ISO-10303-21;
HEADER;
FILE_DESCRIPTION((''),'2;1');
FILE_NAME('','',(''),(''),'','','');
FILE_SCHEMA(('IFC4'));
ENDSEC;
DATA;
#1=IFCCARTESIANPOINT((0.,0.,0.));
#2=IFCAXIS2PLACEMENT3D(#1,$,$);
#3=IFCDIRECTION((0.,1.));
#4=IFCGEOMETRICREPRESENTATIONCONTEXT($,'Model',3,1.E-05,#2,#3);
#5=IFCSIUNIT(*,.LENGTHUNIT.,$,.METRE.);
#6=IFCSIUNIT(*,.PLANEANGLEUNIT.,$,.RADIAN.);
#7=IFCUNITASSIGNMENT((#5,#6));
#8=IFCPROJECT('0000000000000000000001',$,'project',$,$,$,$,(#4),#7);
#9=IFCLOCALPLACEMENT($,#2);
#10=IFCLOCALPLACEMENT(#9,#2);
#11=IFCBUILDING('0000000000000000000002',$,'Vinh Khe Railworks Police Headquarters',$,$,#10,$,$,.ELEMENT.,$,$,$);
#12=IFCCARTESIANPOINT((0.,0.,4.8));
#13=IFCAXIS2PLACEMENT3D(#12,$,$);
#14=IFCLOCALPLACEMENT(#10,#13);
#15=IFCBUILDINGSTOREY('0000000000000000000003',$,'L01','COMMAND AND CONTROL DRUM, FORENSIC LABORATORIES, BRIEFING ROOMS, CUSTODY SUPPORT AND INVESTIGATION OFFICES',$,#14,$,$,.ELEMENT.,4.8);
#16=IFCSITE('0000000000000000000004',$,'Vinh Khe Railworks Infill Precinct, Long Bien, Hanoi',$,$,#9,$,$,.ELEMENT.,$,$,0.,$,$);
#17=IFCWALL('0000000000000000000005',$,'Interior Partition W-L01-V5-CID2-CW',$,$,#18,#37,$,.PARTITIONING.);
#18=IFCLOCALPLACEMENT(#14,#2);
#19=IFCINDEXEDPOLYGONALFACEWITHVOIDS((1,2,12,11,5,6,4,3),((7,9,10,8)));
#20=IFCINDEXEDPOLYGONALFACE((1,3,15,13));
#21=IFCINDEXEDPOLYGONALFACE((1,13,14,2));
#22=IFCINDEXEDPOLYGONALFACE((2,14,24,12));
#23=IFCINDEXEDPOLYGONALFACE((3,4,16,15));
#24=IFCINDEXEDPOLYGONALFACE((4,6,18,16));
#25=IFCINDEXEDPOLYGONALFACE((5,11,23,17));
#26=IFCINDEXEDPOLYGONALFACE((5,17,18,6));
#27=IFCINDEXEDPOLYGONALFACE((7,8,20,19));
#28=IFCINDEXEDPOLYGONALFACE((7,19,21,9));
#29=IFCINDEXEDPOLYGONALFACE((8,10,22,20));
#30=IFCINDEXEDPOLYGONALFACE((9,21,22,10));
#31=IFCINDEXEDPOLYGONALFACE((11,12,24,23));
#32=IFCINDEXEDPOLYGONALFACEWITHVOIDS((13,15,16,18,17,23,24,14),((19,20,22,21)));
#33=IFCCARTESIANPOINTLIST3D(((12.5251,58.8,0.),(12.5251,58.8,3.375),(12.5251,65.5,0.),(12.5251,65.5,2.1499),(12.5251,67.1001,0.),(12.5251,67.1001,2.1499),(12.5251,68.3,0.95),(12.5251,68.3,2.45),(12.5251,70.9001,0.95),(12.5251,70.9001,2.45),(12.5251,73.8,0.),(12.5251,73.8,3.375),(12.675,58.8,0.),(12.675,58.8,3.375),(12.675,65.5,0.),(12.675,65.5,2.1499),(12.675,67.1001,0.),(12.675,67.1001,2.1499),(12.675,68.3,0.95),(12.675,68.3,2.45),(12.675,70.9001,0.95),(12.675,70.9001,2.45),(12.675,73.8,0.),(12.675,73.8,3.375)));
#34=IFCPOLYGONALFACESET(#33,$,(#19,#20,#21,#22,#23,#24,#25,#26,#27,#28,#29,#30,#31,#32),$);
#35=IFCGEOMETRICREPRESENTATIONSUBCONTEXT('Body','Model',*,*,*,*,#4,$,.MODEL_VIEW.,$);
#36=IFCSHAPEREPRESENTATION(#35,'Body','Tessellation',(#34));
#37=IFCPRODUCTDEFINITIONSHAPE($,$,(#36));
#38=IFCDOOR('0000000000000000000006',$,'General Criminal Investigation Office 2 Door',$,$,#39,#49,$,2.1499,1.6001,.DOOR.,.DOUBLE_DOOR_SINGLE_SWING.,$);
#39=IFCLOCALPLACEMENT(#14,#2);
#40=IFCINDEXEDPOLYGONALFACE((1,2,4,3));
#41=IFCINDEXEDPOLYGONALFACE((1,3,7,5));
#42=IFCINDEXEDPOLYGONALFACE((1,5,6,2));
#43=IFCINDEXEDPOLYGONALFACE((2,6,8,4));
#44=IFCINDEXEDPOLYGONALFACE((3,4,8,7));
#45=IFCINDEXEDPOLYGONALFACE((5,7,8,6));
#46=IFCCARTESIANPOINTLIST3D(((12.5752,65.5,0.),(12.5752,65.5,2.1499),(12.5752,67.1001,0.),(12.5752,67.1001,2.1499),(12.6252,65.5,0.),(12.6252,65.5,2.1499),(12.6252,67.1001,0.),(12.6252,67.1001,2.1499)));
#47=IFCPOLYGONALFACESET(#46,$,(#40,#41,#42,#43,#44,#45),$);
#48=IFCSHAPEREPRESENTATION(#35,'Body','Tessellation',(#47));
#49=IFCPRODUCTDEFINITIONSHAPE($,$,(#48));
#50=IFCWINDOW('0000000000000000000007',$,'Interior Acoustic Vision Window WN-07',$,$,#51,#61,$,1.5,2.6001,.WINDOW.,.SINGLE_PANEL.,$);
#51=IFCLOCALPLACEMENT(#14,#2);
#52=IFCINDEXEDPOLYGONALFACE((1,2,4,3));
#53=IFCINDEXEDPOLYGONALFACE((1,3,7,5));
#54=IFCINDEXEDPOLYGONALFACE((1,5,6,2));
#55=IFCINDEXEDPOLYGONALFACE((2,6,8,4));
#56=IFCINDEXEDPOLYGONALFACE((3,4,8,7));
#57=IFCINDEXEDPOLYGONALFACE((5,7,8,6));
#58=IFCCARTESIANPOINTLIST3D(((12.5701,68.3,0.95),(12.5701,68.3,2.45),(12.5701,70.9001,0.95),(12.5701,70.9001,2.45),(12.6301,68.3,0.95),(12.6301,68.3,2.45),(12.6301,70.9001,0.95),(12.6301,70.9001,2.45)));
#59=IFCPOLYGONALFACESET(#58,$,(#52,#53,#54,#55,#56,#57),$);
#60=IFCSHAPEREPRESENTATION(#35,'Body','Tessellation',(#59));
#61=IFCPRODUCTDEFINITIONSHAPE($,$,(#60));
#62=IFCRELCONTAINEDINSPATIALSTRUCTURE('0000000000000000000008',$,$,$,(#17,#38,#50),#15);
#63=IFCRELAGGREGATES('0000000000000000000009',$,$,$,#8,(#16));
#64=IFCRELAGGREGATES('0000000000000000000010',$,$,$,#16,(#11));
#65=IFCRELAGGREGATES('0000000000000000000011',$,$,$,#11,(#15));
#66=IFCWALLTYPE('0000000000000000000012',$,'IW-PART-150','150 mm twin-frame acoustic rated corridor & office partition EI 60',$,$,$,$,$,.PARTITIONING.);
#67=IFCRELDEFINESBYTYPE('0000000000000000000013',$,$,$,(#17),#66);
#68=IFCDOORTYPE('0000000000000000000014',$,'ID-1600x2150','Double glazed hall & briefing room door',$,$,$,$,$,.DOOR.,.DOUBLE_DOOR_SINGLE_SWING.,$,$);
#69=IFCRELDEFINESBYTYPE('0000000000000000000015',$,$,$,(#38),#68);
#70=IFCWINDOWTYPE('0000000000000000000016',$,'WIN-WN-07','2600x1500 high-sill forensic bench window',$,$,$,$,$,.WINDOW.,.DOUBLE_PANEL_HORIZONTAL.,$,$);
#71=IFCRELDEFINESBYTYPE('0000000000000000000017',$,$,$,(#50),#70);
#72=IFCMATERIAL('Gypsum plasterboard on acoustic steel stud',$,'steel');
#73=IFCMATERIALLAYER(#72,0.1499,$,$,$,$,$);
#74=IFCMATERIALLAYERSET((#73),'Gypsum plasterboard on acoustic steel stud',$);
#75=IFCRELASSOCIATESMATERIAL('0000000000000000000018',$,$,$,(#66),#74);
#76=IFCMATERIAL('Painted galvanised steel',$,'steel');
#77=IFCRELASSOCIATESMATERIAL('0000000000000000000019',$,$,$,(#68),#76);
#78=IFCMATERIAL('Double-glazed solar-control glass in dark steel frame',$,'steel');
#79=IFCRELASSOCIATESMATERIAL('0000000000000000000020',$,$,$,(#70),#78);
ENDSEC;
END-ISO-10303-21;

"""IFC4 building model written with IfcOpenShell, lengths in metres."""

from ifc_helpers import new_model, si_unit, direction, frame, frame_2d, origin, place, context, subcontext, project, spatial, rectangle, extrude, material, layer, layer_set, type_object, element, fill, save


model = new_model("IFC4")

# Units and contexts
model_context = context("Model", 3, precision=1e-05, world=origin(), true_north=direction((0.0, 1.0)))
body_context = subcontext(model_context, "Body", "Model", "MODEL_VIEW")
ifc_project = project(units=[si_unit("LENGTHUNIT", "METRE"), si_unit("PLANEANGLEUNIT", "RADIAN")], contexts=[model_context])

# Site, building, storey
site_placement = place(None, origin())
site = spatial("IfcSite", under=ifc_project, at=site_placement, Name="Vinh Khe Railworks Infill Precinct, Long Bien, Hanoi", CompositionType="ELEMENT", RefElevation=0.0)
building_placement = place(site_placement, origin())
building = spatial("IfcBuilding", under=site, at=building_placement, Name="Vinh Khe Railworks Police Headquarters", CompositionType="ELEMENT")
storey_placement = place(building_placement, frame((0.0, 0.0, 4.8)))
storey = spatial("IfcBuildingStorey", under=building, at=storey_placement, Name="L01", Description="COMMAND AND CONTROL DRUM, FORENSIC LABORATORIES, BRIEFING ROOMS, CUSTODY SUPPORT AND INVESTIGATION OFFICES", CompositionType="ELEMENT", Elevation=4.8)

# Shared definitions
ifc_material_1 = material(Name="Double-glazed solar-control glass in dark steel frame", Category="steel")

# Wall, openings, door, window
ifc_material_2 = material(Name="Gypsum plasterboard on acoustic steel stud", Category="steel")
ifc_layer_1 = layer(ifc_material_2, 0.1499)
ifc_layer_set_1 = layer_set([ifc_layer_1], Name="Gypsum plasterboard on acoustic steel stud")
wall_type_1 = type_object("IfcWallType", Name="IW-PART-150", Description="150 mm twin-frame acoustic rated corridor & office partition EI 60", PredefinedType="PARTITIONING", material=ifc_layer_set_1)
wall_1_placement = place(storey_placement, frame((12.6001, 58.8, 0.0), z_axis=(0.0, 0.0, 1.0), x_axis=(0.0, 1.0, 0.0)))
wall_1 = element("IfcWall", 1, at=wall_1_placement, inside=storey, type_object=wall_type_1, Name="Interior Partition W-L01-V5-CID2-CW", PredefinedType="PARTITIONING", context=body_context, shape_type="SweptSolid", body=[
    extrude(rectangle(XDim=15.0, YDim=0.1499, at=frame_2d((7.5, 0.0))), origin(), (0.0, 0.0, 1.0), 3.375),
])
opening_1_placement = place(wall_1_placement, frame((6.7, 0.0, 0.0)))
opening_1 = element("IfcOpeningElement", 2, at=opening_1_placement, cuts=wall_1, PredefinedType="OPENING", context=body_context, shape_type="SweptSolid", body=[
    extrude(rectangle(XDim=1.6001, YDim=2.1499, at=frame_2d((0.8, 1.075))), frame((0.0, 0.0898, 0.0), z_axis=(0.0, -1.0, 0.0), x_axis=(1.0, 0.0, 0.0)), (0.0, 0.0, 1.0), 0.1797),
])
opening_2_placement = place(wall_1_placement, frame((9.5, 0.0, 0.95)))
opening_2 = element("IfcOpeningElement", 3, at=opening_2_placement, cuts=wall_1, PredefinedType="OPENING", context=body_context, shape_type="SweptSolid", body=[
    extrude(rectangle(XDim=2.6001, YDim=1.5, at=frame_2d((1.3, 0.75))), frame((0.0, 0.0898, 0.0), z_axis=(0.0, -1.0, 0.0), x_axis=(1.0, 0.0, 0.0)), (0.0, 0.0, 1.0), 0.1797),
])
ifc_material_3 = material(Name="Painted galvanised steel", Category="steel")
door_type = type_object("IfcDoorType", Name="ID-1600x2150", Description="Double glazed hall & briefing room door", OperationType="DOUBLE_DOOR_SINGLE_SWING", PredefinedType="DOOR", material=ifc_material_3)
door_placement = place(opening_1_placement, origin())
door = element("IfcDoor", 4, at=door_placement, inside=storey, type_object=door_type, Name="General Criminal Investigation Office 2 Door", OperationType="DOUBLE_DOOR_SINGLE_SWING", OverallHeight=2.1499, OverallWidth=1.6001, PredefinedType="DOOR", context=body_context, shape_type="SweptSolid", body=[
    extrude(rectangle(XDim=1.6001, YDim=2.1499, at=frame_2d((0.8, 1.075))), frame((0.0, 0.0249, 0.0), z_axis=(0.0, -1.0, 0.0), x_axis=(1.0, 0.0, 0.0)), (0.0, 0.0, 1.0), 0.05),
])
fill(opening_1, door)
window_type_1 = type_object("IfcWindowType", Name="WIN-WN-07", Description="2600x1500 high-sill forensic bench window", PartitioningType="DOUBLE_PANEL_HORIZONTAL", PredefinedType="WINDOW", material=ifc_material_1)
window_1_placement = place(opening_2_placement, origin())
window_1 = element("IfcWindow", 5, at=window_1_placement, inside=storey, type_object=window_type_1, Name="Interior Acoustic Vision Window WN-07", OverallHeight=1.5, OverallWidth=2.6001, PartitioningType="SINGLE_PANEL", PredefinedType="WINDOW", context=body_context, shape_type="SweptSolid", body=[
    extrude(rectangle(XDim=2.6001, YDim=1.5, at=frame_2d((1.3, 0.75))), frame((0.0, 0.03, 0.0), z_axis=(0.0, -1.0, 0.0), x_axis=(1.0, 0.0, 0.0)), (0.0, 0.0, 1.0), 0.0601),
])
fill(opening_2, window_1)

save(model, "model.ifc")
